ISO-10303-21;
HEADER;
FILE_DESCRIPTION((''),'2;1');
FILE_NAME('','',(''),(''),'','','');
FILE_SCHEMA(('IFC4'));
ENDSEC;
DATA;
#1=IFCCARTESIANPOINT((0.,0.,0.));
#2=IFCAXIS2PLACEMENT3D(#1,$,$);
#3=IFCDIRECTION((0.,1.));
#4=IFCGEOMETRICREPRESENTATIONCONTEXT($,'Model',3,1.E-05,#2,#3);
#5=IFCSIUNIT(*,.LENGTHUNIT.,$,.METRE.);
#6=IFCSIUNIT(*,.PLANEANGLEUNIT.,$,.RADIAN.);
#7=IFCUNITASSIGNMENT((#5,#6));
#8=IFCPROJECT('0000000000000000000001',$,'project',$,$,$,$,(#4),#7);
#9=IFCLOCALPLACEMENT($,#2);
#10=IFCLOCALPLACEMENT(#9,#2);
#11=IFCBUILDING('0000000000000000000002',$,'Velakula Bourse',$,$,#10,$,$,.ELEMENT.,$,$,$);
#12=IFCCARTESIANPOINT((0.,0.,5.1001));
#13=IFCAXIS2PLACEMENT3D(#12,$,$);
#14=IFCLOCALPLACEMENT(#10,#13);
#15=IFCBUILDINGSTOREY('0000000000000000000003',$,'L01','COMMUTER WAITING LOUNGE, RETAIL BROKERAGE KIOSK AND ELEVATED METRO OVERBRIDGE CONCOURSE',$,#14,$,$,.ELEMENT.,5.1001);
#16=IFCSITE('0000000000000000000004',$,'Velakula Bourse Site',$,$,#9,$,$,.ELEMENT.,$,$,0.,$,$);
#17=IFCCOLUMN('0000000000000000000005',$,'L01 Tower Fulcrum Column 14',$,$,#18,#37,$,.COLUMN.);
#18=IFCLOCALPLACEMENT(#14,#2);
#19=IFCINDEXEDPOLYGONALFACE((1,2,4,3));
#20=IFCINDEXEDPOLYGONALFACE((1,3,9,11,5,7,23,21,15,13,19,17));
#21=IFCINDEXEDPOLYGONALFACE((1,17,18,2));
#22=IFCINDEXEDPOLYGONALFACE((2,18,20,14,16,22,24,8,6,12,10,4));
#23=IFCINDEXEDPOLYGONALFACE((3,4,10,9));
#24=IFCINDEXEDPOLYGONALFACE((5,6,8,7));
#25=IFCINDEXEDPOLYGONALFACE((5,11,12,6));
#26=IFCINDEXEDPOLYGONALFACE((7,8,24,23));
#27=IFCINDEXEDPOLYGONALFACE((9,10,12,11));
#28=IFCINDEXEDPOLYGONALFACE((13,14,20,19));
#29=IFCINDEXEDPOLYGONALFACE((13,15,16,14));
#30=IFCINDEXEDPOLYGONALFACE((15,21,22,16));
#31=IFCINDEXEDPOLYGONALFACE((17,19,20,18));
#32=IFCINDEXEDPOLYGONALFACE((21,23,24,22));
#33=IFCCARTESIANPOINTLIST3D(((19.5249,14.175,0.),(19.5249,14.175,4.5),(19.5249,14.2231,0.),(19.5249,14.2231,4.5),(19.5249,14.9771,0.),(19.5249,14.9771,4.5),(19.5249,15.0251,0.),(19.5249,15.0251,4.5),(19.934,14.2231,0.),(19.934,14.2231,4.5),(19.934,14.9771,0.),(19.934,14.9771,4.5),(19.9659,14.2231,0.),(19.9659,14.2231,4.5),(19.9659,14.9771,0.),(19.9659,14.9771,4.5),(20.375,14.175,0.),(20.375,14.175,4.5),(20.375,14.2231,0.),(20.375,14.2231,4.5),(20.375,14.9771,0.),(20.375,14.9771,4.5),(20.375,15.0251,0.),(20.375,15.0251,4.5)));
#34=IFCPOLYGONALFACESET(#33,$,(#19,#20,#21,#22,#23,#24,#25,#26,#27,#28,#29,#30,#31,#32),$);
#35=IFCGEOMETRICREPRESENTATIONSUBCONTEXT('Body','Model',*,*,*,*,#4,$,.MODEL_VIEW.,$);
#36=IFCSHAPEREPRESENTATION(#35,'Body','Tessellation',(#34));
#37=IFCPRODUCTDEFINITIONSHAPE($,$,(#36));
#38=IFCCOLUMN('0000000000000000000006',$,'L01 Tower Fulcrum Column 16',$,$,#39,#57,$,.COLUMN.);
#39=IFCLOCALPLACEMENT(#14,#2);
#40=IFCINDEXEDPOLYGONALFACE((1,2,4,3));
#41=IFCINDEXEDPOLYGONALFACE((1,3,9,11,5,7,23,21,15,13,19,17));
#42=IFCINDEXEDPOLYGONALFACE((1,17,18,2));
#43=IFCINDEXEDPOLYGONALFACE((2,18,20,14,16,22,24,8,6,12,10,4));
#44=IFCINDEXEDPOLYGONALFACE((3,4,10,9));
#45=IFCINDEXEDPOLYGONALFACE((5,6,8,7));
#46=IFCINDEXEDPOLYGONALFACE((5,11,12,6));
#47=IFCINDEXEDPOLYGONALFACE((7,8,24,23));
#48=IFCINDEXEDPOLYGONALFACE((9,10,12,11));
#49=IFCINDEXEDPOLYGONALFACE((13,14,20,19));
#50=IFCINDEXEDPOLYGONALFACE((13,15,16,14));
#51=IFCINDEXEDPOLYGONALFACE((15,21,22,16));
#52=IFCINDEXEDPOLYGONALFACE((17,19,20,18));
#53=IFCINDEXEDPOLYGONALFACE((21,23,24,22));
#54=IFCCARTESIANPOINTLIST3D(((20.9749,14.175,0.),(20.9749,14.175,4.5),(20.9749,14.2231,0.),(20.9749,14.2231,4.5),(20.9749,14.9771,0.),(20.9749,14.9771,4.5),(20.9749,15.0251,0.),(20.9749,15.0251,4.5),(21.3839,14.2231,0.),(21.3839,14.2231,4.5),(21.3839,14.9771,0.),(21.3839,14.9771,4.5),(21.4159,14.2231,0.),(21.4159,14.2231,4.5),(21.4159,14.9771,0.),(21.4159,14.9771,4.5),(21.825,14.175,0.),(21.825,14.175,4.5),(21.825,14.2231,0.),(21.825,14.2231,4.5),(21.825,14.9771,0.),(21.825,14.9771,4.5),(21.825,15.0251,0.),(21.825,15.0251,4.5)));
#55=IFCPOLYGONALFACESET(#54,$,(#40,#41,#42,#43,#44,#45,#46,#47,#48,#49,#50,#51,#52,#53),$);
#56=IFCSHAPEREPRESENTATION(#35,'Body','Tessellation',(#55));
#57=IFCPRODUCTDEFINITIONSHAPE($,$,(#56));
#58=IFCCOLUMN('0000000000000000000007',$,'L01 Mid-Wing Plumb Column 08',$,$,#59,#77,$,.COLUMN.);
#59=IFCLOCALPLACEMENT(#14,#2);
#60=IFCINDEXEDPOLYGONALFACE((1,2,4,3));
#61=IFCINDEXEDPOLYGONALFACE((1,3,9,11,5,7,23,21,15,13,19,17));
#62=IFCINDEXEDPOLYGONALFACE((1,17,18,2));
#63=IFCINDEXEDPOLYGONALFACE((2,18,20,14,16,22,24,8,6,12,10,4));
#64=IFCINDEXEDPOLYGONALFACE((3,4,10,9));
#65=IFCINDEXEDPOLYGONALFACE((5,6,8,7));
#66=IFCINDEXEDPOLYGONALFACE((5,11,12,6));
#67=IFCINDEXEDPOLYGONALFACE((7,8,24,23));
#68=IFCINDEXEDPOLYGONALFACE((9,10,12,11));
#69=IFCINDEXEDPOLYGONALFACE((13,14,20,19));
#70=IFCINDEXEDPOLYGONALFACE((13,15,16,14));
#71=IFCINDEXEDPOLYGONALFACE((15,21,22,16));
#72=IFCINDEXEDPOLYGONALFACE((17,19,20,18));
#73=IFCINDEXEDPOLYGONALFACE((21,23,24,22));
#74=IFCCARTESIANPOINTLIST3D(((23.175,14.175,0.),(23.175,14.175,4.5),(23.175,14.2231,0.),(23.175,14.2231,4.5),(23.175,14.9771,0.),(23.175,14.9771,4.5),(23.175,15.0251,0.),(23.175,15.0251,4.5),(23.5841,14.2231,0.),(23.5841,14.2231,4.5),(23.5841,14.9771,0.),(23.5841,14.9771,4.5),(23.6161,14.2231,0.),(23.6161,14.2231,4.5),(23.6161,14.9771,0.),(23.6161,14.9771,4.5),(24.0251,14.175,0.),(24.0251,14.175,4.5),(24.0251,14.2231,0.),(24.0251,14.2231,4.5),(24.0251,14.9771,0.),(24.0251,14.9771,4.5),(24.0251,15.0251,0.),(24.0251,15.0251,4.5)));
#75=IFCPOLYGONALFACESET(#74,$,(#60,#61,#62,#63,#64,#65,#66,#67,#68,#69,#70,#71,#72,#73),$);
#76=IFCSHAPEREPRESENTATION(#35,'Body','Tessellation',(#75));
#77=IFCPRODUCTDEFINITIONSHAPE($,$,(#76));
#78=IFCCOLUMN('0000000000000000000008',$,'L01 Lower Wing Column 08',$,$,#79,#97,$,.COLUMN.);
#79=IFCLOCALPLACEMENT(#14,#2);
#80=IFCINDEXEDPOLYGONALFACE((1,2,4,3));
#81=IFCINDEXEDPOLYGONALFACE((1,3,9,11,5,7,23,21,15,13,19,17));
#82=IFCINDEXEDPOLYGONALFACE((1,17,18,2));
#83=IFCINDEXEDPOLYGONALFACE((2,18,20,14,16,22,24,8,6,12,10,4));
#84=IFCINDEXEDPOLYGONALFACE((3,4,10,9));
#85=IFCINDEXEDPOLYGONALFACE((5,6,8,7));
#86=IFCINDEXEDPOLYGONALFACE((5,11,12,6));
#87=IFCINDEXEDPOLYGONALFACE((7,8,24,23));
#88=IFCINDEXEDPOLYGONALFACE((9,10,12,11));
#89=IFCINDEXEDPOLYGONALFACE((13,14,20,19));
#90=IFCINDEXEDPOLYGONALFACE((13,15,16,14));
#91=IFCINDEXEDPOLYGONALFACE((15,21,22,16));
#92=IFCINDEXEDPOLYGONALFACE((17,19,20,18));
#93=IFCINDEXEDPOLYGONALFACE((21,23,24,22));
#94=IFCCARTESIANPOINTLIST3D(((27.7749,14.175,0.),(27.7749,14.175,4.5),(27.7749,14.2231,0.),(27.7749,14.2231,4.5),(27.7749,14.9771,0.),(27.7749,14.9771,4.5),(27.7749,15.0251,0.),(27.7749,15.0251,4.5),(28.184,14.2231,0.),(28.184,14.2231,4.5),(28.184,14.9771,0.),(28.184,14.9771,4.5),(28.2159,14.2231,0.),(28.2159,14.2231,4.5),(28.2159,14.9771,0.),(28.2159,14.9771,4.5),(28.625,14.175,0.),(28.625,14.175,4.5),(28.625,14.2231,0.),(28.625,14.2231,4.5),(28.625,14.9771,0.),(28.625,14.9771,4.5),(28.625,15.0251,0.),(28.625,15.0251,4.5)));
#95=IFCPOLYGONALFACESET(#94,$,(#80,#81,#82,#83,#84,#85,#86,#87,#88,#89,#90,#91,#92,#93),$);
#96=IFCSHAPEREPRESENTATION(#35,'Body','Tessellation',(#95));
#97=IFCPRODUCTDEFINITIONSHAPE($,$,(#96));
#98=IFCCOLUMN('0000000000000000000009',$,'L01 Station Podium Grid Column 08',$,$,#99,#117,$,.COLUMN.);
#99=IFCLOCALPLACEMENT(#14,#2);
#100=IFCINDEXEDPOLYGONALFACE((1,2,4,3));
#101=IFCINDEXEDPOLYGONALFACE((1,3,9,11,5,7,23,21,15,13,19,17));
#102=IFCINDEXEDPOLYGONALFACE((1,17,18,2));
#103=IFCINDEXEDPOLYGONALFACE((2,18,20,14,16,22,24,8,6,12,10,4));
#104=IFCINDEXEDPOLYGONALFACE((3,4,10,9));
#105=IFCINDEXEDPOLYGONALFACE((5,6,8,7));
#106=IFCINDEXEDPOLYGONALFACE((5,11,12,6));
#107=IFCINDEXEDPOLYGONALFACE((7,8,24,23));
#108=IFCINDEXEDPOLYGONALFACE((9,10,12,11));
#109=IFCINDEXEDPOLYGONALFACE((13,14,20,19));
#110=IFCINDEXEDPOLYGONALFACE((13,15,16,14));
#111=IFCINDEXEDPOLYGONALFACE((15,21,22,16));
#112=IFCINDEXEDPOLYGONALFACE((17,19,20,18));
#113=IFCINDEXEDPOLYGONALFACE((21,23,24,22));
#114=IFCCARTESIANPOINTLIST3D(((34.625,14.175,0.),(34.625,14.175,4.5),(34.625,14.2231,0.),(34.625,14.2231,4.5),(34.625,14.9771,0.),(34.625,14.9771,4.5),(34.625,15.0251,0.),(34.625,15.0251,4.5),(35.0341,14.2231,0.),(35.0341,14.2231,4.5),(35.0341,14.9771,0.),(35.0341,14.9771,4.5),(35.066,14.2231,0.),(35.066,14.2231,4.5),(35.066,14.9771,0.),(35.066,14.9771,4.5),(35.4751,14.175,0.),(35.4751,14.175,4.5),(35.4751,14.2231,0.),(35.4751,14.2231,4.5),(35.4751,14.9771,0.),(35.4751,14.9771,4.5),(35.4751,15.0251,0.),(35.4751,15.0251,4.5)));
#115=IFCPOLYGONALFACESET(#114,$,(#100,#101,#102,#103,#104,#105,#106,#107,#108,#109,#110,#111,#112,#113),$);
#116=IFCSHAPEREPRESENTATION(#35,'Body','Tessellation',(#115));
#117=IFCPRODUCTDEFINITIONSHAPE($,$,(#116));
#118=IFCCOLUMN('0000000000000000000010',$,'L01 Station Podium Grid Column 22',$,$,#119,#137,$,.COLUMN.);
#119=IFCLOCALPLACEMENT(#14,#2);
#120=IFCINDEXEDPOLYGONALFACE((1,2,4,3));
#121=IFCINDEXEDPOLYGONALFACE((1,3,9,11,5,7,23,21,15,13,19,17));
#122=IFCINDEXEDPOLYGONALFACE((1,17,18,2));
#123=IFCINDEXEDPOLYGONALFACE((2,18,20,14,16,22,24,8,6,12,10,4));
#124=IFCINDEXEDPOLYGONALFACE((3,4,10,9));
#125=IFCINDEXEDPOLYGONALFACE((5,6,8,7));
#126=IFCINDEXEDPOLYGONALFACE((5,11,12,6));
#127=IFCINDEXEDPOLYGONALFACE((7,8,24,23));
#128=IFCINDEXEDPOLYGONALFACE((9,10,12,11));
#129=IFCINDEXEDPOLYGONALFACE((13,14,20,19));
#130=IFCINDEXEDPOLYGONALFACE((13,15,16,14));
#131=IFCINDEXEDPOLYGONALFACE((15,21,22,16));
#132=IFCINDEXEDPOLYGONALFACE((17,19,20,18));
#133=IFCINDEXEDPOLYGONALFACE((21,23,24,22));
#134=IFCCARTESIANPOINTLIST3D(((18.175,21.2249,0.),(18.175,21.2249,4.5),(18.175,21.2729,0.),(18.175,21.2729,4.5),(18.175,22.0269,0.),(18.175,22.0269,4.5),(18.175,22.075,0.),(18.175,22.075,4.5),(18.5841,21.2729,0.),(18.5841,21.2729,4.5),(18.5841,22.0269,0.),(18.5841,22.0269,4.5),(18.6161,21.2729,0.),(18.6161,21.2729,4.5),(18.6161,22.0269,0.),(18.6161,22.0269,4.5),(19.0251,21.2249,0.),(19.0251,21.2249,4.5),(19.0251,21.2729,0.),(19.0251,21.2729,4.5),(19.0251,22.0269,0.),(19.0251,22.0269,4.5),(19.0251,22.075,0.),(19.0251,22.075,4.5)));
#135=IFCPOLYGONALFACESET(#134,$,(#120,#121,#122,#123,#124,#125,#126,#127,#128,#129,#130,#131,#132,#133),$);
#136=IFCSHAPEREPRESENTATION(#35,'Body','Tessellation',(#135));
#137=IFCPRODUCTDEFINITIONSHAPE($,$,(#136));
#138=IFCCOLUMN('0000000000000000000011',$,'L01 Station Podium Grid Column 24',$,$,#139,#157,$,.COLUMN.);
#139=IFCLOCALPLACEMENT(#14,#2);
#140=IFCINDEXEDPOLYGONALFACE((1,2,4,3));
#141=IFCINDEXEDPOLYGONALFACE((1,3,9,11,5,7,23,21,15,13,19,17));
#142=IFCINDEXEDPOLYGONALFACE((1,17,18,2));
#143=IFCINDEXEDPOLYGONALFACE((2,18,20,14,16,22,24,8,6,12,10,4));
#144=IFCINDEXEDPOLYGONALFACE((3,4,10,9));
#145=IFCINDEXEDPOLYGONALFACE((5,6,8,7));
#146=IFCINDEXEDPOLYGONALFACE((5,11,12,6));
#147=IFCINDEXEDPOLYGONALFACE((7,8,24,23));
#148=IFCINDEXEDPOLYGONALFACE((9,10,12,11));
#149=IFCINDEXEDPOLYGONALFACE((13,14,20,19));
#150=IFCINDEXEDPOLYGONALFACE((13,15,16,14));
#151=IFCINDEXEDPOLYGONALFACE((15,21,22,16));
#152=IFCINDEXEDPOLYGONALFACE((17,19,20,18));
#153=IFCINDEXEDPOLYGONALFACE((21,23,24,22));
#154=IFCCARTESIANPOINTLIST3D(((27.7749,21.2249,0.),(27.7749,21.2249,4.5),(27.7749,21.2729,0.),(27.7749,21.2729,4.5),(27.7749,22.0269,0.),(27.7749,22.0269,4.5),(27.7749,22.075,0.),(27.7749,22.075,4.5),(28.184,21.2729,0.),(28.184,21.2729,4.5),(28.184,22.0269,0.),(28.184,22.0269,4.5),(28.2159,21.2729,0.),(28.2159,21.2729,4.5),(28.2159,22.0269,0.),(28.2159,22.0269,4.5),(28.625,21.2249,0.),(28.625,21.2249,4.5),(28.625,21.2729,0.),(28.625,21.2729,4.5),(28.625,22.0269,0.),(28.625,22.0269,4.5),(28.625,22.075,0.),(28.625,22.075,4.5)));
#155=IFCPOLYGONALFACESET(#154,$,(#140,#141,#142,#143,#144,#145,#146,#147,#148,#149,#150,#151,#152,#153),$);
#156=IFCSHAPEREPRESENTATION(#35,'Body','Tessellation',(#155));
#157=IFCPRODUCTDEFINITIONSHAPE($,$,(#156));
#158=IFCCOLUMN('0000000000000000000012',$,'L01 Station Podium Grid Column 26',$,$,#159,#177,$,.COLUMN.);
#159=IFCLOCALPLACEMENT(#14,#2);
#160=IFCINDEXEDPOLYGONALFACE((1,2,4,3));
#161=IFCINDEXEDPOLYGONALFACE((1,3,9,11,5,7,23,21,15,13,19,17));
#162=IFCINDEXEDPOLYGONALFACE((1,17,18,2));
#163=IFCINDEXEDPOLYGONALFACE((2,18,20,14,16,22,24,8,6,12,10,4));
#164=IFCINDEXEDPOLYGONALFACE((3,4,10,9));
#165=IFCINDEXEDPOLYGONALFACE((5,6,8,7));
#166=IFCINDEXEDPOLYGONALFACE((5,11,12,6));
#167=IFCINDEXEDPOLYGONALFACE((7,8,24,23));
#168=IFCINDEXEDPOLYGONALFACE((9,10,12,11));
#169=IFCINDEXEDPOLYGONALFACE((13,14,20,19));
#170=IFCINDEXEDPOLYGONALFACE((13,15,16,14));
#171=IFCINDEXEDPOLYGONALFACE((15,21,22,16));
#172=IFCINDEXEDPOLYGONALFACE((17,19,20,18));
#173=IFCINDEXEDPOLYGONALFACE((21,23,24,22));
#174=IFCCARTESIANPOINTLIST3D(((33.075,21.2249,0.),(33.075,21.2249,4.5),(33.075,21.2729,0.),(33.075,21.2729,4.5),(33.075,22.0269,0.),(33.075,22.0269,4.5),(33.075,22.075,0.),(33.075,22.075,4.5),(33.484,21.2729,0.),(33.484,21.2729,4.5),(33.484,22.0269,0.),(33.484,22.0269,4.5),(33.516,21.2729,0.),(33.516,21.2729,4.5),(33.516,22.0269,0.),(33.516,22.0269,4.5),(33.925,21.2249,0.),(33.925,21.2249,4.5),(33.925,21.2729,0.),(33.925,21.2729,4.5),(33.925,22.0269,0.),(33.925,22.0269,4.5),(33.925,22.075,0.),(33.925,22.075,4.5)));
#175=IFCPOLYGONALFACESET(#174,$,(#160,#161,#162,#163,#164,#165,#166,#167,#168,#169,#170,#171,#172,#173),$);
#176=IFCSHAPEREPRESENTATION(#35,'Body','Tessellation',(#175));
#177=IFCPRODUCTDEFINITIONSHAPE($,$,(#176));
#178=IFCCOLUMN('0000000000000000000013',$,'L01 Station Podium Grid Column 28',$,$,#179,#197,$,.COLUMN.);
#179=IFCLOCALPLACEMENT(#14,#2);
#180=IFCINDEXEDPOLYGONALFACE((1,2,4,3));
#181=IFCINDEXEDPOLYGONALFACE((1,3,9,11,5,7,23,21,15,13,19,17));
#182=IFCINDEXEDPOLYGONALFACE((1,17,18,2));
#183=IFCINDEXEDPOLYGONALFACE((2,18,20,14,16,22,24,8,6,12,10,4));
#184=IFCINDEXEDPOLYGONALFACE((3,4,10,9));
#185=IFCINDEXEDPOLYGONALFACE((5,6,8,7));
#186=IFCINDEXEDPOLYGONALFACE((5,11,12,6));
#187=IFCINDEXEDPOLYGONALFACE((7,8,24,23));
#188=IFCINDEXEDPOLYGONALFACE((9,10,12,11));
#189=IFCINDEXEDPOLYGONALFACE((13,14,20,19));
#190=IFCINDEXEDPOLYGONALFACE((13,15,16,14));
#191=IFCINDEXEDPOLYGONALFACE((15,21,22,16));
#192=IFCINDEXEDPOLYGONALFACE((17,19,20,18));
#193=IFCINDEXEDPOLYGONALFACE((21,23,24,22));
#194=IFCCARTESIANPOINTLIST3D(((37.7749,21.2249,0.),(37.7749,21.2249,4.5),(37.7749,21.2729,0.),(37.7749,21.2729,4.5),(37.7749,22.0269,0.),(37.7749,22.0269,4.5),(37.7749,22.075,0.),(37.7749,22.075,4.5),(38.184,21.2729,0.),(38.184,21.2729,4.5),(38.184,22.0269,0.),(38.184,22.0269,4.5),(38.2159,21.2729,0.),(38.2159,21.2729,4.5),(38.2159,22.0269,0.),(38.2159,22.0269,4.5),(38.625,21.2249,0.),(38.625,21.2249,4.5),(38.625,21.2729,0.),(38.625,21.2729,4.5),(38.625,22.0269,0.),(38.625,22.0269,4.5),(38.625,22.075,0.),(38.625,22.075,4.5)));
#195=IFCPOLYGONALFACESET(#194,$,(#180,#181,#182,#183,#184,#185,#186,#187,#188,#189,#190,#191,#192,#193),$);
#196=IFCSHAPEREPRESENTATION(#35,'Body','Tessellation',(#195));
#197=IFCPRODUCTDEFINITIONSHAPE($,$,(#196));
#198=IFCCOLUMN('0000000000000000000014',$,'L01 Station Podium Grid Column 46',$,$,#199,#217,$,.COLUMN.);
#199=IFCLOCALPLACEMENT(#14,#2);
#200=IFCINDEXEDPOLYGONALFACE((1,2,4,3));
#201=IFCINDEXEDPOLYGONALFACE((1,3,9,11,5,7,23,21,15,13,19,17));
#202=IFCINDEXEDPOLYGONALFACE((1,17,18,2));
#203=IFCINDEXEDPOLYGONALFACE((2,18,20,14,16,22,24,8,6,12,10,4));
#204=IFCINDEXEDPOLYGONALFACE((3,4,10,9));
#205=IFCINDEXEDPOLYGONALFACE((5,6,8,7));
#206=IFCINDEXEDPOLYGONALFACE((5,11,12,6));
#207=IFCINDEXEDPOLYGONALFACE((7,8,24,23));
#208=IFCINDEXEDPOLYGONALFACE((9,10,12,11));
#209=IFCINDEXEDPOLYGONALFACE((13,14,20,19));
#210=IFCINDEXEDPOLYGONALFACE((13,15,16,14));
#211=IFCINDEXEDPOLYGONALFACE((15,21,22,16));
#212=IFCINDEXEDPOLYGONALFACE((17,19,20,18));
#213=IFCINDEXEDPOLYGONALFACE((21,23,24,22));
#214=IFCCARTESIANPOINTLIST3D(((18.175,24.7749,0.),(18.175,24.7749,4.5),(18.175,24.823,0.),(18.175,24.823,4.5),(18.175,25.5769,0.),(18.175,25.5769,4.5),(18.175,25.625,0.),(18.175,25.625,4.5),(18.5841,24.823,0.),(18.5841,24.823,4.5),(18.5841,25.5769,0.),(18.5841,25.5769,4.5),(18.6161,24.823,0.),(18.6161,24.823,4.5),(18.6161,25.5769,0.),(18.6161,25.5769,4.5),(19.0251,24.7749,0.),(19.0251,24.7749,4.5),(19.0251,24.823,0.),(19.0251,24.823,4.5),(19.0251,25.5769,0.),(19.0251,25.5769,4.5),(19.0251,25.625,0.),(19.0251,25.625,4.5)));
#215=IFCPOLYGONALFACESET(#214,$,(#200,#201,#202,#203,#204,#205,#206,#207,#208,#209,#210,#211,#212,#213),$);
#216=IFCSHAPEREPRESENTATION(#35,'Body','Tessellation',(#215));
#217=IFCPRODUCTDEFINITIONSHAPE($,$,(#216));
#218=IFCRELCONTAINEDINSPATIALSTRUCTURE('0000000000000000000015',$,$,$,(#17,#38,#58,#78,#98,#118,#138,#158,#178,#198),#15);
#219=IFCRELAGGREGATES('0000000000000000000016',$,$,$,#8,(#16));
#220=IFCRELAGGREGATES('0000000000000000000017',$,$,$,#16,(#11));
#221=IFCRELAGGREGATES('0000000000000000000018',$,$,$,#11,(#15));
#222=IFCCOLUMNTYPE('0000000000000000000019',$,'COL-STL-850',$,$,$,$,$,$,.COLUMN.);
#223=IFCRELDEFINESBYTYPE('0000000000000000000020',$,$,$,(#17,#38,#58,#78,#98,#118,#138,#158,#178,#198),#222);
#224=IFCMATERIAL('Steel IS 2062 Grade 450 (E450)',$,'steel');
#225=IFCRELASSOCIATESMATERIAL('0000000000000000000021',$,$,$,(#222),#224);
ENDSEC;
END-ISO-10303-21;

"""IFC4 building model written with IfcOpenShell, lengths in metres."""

from ifc_helpers import new_model, si_unit, direction, frame, origin, origin_2d, place, context, subcontext, project, spatial, i_section, extrude, material, material_profile, profile_set, type_object, element, save


model = new_model("IFC4")

# Units and contexts
model_context = context("Model", 3, precision=1e-05, world=origin(), true_north=direction((0.0, 1.0)))
body_context = subcontext(model_context, "Body", "Model", "MODEL_VIEW")
ifc_project = project(units=[si_unit("LENGTHUNIT", "METRE"), si_unit("PLANEANGLEUNIT", "RADIAN")], contexts=[model_context])

# Site, building, storey
site_placement = place(None, origin())
site = spatial("IfcSite", under=ifc_project, at=site_placement, Name="Velakula Bourse Site", CompositionType="ELEMENT", RefElevation=0.0)
building_placement = place(site_placement, origin())
building = spatial("IfcBuilding", under=site, at=building_placement, Name="Velakula Bourse", CompositionType="ELEMENT")
storey_placement = place(building_placement, frame((0.0, 0.0, 5.1001)))
storey = spatial("IfcBuildingStorey", under=building, at=storey_placement, Name="L01", Description="COMMUTER WAITING LOUNGE, RETAIL BROKERAGE KIOSK AND ELEVATED METRO OVERBRIDGE CONCOURSE", CompositionType="ELEMENT", Elevation=5.1001)

# Columns
ifc_material_1 = material(Name="Steel IS 2062 Grade 450 (E450)", Category="steel")
ifc_material_profile_1 = material_profile(ifc_material_1, i_section(OverallWidth=0.8501, OverallDepth=0.8501, WebThickness=0.032, FlangeThickness=0.0481, at=origin_2d()), Name="Steel IS 2062 Grade 450 (E450)")
ifc_profile_set_1 = profile_set([ifc_material_profile_1], Name="Steel IS 2062 Grade 450 (E450)")
column_type = type_object("IfcColumnType", Name="COL-STL-850", PredefinedType="COLUMN", material=ifc_profile_set_1)
for number, where, z_axis, x_axis, name in (
    (1, (19.95, 14.6001, 0.0), (0.0, 0.0, 1.0), (1.0, 0.0, 0.0), "L01 Tower Fulcrum Column 14"),
    (2, (21.3999, 14.6001, 0.0), (0.0, 0.0, 1.0), (1.0, 0.0, 0.0), "L01 Tower Fulcrum Column 16"),
    (3, (23.6001, 14.6001, 0.0), (0.0, 0.0, 1.0), (1.0, 0.0, 0.0), "L01 Mid-Wing Plumb Column 08"),
    (4, (28.2, 14.6001, 0.0), (0.0, 0.0, 1.0), (1.0, 0.0, 0.0), "L01 Lower Wing Column 08"),
    (5, (35.05, 14.6001, 0.0), (0.0, 0.0, 1.0), (1.0, 0.0, 0.0), "L01 Station Podium Grid Column 08"),
    (6, (18.6001, 21.6499, 0.0), (0.0, 0.0, 1.0), (1.0, 0.0, 0.0), "L01 Station Podium Grid Column 22"),
    (7, (28.2, 21.6499, 0.0), (0.0, 0.0, 1.0), (1.0, 0.0, 0.0), "L01 Station Podium Grid Column 24"),
    (8, (33.5, 21.6499, 0.0), (0.0, 0.0, 1.0), (1.0, 0.0, 0.0), "L01 Station Podium Grid Column 26"),
    (9, (38.2, 21.6499, 0.0), (0.0, 0.0, 1.0), (1.0, 0.0, 0.0), "L01 Station Podium Grid Column 28"),
    (10, (18.6001, 25.2, 0.0), (0.0, 0.0, 1.0), (1.0, 0.0, 0.0), "L01 Station Podium Grid Column 46"),
):
    element("IfcColumn", number, at=place(storey_placement, frame(where, z_axis=z_axis, x_axis=x_axis)), inside=storey, type_object=column_type, Name=name, PredefinedType="COLUMN", context=body_context, shape_type="SweptSolid", body=[
        extrude(i_section(OverallWidth=0.8501, OverallDepth=0.8501, WebThickness=0.032, FlangeThickness=0.0481, at=origin_2d()), origin(), (0.0, 0.0, 1.0), 4.5),
    ])

save(model, "model.ifc")
